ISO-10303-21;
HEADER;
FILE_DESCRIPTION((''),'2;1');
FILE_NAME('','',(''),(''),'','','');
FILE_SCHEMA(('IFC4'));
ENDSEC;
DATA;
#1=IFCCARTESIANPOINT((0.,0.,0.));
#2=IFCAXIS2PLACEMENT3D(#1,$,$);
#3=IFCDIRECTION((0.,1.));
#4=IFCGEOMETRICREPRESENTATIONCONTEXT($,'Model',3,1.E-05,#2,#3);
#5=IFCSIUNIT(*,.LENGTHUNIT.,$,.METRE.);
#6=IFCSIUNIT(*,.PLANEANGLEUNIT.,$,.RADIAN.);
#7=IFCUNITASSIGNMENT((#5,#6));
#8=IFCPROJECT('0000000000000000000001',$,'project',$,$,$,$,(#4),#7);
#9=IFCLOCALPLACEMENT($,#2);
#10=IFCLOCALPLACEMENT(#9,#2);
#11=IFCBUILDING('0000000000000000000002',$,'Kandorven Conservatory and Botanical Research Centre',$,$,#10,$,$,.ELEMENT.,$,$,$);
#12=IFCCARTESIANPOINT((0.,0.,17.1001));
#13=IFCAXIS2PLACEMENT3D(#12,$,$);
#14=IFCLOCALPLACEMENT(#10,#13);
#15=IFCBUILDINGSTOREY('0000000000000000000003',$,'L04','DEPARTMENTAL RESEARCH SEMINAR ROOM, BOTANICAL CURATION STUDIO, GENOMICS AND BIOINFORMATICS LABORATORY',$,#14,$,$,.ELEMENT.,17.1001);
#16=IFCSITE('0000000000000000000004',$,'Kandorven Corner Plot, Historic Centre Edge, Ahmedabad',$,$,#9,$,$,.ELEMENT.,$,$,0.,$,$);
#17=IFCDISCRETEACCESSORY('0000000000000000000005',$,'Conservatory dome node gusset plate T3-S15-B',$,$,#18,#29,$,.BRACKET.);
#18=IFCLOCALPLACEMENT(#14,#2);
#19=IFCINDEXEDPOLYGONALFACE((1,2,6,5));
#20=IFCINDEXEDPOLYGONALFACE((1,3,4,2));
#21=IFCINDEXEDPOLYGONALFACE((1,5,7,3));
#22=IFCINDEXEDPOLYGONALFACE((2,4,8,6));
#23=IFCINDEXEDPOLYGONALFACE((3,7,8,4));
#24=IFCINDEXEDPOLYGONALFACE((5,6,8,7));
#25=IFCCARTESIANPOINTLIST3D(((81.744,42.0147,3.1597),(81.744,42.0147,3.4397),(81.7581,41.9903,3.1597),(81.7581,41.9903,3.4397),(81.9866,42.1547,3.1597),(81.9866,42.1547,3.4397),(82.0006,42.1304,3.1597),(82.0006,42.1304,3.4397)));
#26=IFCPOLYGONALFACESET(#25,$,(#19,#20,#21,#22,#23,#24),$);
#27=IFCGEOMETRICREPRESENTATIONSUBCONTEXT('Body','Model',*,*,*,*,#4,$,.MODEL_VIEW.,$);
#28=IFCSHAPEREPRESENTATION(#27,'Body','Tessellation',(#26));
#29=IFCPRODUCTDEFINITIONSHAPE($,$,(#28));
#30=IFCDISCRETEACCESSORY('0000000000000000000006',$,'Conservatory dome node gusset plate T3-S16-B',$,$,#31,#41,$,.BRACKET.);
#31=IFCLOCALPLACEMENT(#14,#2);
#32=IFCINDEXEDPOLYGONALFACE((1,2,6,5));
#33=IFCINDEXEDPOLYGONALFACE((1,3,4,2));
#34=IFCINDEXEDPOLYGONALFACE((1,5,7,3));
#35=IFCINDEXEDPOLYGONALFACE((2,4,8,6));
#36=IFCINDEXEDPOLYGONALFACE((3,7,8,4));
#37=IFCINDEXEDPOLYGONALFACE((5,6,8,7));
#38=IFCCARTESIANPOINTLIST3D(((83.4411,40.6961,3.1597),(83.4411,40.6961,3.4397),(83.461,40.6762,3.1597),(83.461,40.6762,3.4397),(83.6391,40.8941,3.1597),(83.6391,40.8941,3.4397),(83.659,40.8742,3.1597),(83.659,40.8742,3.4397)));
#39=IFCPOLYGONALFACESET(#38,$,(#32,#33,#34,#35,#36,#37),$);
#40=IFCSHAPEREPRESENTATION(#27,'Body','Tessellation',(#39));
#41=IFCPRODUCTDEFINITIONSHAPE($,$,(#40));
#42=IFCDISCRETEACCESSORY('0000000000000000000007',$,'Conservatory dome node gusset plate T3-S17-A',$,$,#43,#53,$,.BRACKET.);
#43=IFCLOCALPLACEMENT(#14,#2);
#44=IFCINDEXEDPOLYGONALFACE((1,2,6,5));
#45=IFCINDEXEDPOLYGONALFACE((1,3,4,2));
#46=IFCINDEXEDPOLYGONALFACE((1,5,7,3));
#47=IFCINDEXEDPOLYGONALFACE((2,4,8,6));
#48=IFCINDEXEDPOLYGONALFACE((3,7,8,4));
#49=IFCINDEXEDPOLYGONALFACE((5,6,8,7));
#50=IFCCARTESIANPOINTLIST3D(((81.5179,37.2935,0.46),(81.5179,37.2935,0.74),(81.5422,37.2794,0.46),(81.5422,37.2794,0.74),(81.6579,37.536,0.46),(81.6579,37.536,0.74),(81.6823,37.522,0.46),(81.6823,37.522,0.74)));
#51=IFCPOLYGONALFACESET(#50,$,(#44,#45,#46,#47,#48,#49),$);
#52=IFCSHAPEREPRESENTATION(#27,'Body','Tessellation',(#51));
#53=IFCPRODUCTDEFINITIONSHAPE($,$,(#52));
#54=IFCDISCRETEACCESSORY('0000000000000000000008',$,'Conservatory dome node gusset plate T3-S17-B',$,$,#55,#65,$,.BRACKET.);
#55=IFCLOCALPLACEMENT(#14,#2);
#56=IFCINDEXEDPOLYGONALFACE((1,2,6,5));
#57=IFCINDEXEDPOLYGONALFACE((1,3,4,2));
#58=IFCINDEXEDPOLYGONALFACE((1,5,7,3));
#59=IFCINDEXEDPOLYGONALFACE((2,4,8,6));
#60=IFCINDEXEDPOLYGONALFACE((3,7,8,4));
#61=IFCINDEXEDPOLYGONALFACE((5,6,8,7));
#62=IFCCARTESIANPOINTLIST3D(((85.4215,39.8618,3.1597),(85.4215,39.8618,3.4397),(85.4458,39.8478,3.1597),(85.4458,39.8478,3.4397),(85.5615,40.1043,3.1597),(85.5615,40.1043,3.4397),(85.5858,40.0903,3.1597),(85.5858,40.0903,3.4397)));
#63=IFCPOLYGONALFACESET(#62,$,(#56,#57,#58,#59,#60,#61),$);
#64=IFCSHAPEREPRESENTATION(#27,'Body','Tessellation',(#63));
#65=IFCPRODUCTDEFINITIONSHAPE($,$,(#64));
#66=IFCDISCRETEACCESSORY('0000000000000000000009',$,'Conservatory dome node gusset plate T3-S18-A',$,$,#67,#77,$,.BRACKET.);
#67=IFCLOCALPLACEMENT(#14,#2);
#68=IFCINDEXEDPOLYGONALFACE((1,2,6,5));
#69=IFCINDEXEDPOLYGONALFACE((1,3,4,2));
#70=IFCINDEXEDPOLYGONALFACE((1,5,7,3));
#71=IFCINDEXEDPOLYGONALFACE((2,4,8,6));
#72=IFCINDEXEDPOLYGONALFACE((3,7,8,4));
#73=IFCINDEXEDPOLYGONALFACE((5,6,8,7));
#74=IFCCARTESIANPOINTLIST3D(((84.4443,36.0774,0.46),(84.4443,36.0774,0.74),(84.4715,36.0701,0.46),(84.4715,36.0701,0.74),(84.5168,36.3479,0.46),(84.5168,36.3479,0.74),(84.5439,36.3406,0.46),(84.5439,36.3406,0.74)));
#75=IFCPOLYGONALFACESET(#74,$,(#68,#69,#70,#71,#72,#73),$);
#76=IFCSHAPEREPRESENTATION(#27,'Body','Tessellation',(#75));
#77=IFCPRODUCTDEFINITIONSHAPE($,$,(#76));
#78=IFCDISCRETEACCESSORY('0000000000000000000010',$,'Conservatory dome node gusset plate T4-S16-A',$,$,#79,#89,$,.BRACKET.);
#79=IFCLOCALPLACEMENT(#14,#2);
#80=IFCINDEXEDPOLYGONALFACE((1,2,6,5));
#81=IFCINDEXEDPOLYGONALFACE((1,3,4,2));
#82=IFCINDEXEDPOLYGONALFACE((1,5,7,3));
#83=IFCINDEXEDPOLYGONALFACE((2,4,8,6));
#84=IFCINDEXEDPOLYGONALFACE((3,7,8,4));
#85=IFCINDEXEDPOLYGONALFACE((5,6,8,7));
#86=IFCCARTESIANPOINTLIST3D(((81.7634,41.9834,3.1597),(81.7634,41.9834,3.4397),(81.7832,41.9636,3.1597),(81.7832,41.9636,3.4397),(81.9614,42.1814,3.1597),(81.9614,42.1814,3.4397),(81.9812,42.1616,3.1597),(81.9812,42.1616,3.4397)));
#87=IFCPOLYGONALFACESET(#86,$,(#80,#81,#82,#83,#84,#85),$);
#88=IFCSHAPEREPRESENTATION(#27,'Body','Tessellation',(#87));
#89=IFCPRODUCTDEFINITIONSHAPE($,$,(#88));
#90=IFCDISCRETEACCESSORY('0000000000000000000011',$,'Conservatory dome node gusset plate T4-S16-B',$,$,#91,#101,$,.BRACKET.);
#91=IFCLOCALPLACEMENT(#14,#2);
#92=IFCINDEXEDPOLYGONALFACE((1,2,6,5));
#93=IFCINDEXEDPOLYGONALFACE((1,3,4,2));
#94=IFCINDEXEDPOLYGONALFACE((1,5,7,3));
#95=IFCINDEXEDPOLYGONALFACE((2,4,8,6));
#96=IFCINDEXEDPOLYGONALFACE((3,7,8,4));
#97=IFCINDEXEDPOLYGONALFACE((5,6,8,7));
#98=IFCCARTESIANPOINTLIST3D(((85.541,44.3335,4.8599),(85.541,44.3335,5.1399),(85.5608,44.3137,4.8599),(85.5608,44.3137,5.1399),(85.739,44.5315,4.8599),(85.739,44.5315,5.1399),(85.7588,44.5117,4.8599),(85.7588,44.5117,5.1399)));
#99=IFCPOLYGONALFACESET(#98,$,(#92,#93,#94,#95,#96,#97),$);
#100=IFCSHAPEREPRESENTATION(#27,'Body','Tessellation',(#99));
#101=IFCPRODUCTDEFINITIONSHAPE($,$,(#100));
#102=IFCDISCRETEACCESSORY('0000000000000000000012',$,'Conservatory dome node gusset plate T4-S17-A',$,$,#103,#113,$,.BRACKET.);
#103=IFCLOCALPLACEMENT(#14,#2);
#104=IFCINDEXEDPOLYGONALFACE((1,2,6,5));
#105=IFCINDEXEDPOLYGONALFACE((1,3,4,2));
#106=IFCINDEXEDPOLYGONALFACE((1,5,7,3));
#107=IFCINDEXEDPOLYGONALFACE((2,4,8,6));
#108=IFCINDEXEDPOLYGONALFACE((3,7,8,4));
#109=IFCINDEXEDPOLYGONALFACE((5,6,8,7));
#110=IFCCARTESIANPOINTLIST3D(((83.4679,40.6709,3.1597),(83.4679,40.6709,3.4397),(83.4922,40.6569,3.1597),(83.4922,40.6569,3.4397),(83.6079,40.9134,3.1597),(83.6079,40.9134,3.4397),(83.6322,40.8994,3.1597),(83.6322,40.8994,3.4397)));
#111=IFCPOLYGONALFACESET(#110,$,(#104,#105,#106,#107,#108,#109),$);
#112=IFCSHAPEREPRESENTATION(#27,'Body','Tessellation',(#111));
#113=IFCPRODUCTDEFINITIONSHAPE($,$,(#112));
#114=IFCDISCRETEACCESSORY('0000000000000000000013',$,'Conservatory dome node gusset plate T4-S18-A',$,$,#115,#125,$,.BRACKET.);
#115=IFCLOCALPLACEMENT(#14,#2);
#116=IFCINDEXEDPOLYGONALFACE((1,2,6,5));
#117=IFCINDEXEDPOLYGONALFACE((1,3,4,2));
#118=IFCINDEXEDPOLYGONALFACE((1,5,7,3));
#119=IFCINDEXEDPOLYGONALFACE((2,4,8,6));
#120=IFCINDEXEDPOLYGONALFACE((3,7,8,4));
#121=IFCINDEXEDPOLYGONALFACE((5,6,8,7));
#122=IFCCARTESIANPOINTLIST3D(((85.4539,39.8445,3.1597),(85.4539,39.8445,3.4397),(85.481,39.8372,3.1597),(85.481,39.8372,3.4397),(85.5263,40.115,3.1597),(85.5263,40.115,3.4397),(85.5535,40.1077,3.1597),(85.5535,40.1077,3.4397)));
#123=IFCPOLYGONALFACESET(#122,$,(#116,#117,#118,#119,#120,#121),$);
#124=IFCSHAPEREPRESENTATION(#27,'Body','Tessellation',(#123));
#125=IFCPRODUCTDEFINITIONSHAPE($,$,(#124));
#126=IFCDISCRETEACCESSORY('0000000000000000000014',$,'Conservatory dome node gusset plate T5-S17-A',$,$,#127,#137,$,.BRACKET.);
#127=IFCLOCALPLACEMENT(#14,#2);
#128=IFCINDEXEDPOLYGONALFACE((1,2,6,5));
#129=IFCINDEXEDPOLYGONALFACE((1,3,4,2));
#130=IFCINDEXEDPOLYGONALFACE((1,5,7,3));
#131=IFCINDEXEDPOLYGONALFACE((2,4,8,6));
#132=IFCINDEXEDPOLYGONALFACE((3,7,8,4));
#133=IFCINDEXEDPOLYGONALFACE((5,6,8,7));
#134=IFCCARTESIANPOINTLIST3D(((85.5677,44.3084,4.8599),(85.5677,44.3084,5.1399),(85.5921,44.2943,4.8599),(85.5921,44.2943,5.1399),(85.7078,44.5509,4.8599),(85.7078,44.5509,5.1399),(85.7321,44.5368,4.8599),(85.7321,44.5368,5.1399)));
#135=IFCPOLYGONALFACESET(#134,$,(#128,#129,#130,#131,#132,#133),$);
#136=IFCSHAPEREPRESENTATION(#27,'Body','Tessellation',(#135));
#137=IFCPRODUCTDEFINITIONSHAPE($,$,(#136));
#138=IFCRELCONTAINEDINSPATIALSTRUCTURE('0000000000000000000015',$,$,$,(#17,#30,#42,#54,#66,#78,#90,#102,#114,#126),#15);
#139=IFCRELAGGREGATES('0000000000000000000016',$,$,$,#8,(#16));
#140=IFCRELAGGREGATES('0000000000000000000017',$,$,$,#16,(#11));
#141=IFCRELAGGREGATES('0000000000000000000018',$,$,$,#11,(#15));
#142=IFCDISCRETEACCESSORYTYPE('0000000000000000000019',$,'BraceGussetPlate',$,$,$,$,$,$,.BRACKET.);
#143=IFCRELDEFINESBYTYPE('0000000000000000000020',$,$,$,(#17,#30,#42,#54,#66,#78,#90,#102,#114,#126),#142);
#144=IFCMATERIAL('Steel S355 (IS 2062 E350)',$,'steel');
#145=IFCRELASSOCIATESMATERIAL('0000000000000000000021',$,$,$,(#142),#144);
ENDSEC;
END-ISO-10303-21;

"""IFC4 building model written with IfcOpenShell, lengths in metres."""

from ifc_helpers import new_model, si_unit, direction, frame, origin, origin_2d, place, context, subcontext, project, spatial, rectangle, extrude, material, type_object, element, save


model = new_model("IFC4")

# Units and contexts
model_context = context("Model", 3, precision=1e-05, world=origin(), true_north=direction((0.0, 1.0)))
body_context = subcontext(model_context, "Body", "Model", "MODEL_VIEW")
ifc_project = project(units=[si_unit("LENGTHUNIT", "METRE"), si_unit("PLANEANGLEUNIT", "RADIAN")], contexts=[model_context])

# Site, building, storey
site_placement = place(None, origin())
site = spatial("IfcSite", under=ifc_project, at=site_placement, Name="Kandorven Corner Plot, Historic Centre Edge, Ahmedabad", CompositionType="ELEMENT", RefElevation=0.0)
building_placement = place(site_placement, origin())
building = spatial("IfcBuilding", under=site, at=building_placement, Name="Kandorven Conservatory and Botanical Research Centre", CompositionType="ELEMENT")
storey_placement = place(building_placement, frame((0.0, 0.0, 17.1001)))
storey = spatial("IfcBuildingStorey", under=building, at=storey_placement, Name="L04", Description="DEPARTMENTAL RESEARCH SEMINAR ROOM, BOTANICAL CURATION STUDIO, GENOMICS AND BIOINFORMATICS LABORATORY", CompositionType="ELEMENT", Elevation=17.1001)

# Discrete accessories
ifc_material_1 = material(Name="Steel S355 (IS 2062 E350)", Category="steel")
discrete_accessory_type = type_object("IfcDiscreteAccessoryType", Name="BraceGussetPlate", PredefinedType="BRACKET", material=ifc_material_1)
for number, where, z_axis, x_axis, name in (
    (1, (81.8723, 42.0725, 3.1597), (0.0, 0.0, 1.0), (-0.866025, -0.5, 0.0), "Conservatory dome node gusset plate T3-S15-B"),
    (2, (83.55, 40.7852, 3.1597), (0.0, 0.0, 1.0), (-0.707107, -0.707107, 0.0), "Conservatory dome node gusset plate T3-S16-B"),
    (3, (81.6001, 37.4077, 0.46), (0.0, 0.0, 1.0), (-0.5, -0.866025, 0.0), "Conservatory dome node gusset plate T3-S17-A"),
    (4, (85.5037, 39.9761, 3.1597), (0.0, 0.0, 1.0), (-0.5, -0.866025, 0.0), "Conservatory dome node gusset plate T3-S17-B"),
    (5, (84.4941, 36.209, 0.46), (0.0, 0.0, 1.0), (-0.258819, -0.965926, 0.0), "Conservatory dome node gusset plate T3-S18-A"),
    (6, (81.8723, 42.0725, 3.1597), (0.0, 0.0, 1.0), (-0.707107, -0.707107, 0.0), "Conservatory dome node gusset plate T4-S16-A"),
    (7, (85.6499, 44.4226, 4.8599), (0.0, 0.0, 1.0), (-0.707107, -0.707107, 0.0), "Conservatory dome node gusset plate T4-S16-B"),
    (8, (83.55, 40.7852, 3.1597), (0.0, 0.0, 1.0), (-0.5, -0.866025, 0.0), "Conservatory dome node gusset plate T4-S17-A"),
    (9, (85.5037, 39.9761, 3.1597), (0.0, 0.0, 1.0), (-0.258819, -0.965926, 0.0), "Conservatory dome node gusset plate T4-S18-A"),
    (10, (85.6499, 44.4226, 4.8599), (0.0, 0.0, 1.0), (-0.5, -0.866025, 0.0), "Conservatory dome node gusset plate T5-S17-A"),
):
    element("IfcDiscreteAccessory", number, at=place(storey_placement, frame(where, z_axis=z_axis, x_axis=x_axis)), inside=storey, type_object=discrete_accessory_type, Name=name, PredefinedType="BRACKET", context=body_context, shape_type="SweptSolid", body=[
        extrude(rectangle(XDim=0.28, YDim=0.0281, at=origin_2d()), origin(), (0.0, 0.0, 1.0), 0.28),
    ])

save(model, "model.ifc")
